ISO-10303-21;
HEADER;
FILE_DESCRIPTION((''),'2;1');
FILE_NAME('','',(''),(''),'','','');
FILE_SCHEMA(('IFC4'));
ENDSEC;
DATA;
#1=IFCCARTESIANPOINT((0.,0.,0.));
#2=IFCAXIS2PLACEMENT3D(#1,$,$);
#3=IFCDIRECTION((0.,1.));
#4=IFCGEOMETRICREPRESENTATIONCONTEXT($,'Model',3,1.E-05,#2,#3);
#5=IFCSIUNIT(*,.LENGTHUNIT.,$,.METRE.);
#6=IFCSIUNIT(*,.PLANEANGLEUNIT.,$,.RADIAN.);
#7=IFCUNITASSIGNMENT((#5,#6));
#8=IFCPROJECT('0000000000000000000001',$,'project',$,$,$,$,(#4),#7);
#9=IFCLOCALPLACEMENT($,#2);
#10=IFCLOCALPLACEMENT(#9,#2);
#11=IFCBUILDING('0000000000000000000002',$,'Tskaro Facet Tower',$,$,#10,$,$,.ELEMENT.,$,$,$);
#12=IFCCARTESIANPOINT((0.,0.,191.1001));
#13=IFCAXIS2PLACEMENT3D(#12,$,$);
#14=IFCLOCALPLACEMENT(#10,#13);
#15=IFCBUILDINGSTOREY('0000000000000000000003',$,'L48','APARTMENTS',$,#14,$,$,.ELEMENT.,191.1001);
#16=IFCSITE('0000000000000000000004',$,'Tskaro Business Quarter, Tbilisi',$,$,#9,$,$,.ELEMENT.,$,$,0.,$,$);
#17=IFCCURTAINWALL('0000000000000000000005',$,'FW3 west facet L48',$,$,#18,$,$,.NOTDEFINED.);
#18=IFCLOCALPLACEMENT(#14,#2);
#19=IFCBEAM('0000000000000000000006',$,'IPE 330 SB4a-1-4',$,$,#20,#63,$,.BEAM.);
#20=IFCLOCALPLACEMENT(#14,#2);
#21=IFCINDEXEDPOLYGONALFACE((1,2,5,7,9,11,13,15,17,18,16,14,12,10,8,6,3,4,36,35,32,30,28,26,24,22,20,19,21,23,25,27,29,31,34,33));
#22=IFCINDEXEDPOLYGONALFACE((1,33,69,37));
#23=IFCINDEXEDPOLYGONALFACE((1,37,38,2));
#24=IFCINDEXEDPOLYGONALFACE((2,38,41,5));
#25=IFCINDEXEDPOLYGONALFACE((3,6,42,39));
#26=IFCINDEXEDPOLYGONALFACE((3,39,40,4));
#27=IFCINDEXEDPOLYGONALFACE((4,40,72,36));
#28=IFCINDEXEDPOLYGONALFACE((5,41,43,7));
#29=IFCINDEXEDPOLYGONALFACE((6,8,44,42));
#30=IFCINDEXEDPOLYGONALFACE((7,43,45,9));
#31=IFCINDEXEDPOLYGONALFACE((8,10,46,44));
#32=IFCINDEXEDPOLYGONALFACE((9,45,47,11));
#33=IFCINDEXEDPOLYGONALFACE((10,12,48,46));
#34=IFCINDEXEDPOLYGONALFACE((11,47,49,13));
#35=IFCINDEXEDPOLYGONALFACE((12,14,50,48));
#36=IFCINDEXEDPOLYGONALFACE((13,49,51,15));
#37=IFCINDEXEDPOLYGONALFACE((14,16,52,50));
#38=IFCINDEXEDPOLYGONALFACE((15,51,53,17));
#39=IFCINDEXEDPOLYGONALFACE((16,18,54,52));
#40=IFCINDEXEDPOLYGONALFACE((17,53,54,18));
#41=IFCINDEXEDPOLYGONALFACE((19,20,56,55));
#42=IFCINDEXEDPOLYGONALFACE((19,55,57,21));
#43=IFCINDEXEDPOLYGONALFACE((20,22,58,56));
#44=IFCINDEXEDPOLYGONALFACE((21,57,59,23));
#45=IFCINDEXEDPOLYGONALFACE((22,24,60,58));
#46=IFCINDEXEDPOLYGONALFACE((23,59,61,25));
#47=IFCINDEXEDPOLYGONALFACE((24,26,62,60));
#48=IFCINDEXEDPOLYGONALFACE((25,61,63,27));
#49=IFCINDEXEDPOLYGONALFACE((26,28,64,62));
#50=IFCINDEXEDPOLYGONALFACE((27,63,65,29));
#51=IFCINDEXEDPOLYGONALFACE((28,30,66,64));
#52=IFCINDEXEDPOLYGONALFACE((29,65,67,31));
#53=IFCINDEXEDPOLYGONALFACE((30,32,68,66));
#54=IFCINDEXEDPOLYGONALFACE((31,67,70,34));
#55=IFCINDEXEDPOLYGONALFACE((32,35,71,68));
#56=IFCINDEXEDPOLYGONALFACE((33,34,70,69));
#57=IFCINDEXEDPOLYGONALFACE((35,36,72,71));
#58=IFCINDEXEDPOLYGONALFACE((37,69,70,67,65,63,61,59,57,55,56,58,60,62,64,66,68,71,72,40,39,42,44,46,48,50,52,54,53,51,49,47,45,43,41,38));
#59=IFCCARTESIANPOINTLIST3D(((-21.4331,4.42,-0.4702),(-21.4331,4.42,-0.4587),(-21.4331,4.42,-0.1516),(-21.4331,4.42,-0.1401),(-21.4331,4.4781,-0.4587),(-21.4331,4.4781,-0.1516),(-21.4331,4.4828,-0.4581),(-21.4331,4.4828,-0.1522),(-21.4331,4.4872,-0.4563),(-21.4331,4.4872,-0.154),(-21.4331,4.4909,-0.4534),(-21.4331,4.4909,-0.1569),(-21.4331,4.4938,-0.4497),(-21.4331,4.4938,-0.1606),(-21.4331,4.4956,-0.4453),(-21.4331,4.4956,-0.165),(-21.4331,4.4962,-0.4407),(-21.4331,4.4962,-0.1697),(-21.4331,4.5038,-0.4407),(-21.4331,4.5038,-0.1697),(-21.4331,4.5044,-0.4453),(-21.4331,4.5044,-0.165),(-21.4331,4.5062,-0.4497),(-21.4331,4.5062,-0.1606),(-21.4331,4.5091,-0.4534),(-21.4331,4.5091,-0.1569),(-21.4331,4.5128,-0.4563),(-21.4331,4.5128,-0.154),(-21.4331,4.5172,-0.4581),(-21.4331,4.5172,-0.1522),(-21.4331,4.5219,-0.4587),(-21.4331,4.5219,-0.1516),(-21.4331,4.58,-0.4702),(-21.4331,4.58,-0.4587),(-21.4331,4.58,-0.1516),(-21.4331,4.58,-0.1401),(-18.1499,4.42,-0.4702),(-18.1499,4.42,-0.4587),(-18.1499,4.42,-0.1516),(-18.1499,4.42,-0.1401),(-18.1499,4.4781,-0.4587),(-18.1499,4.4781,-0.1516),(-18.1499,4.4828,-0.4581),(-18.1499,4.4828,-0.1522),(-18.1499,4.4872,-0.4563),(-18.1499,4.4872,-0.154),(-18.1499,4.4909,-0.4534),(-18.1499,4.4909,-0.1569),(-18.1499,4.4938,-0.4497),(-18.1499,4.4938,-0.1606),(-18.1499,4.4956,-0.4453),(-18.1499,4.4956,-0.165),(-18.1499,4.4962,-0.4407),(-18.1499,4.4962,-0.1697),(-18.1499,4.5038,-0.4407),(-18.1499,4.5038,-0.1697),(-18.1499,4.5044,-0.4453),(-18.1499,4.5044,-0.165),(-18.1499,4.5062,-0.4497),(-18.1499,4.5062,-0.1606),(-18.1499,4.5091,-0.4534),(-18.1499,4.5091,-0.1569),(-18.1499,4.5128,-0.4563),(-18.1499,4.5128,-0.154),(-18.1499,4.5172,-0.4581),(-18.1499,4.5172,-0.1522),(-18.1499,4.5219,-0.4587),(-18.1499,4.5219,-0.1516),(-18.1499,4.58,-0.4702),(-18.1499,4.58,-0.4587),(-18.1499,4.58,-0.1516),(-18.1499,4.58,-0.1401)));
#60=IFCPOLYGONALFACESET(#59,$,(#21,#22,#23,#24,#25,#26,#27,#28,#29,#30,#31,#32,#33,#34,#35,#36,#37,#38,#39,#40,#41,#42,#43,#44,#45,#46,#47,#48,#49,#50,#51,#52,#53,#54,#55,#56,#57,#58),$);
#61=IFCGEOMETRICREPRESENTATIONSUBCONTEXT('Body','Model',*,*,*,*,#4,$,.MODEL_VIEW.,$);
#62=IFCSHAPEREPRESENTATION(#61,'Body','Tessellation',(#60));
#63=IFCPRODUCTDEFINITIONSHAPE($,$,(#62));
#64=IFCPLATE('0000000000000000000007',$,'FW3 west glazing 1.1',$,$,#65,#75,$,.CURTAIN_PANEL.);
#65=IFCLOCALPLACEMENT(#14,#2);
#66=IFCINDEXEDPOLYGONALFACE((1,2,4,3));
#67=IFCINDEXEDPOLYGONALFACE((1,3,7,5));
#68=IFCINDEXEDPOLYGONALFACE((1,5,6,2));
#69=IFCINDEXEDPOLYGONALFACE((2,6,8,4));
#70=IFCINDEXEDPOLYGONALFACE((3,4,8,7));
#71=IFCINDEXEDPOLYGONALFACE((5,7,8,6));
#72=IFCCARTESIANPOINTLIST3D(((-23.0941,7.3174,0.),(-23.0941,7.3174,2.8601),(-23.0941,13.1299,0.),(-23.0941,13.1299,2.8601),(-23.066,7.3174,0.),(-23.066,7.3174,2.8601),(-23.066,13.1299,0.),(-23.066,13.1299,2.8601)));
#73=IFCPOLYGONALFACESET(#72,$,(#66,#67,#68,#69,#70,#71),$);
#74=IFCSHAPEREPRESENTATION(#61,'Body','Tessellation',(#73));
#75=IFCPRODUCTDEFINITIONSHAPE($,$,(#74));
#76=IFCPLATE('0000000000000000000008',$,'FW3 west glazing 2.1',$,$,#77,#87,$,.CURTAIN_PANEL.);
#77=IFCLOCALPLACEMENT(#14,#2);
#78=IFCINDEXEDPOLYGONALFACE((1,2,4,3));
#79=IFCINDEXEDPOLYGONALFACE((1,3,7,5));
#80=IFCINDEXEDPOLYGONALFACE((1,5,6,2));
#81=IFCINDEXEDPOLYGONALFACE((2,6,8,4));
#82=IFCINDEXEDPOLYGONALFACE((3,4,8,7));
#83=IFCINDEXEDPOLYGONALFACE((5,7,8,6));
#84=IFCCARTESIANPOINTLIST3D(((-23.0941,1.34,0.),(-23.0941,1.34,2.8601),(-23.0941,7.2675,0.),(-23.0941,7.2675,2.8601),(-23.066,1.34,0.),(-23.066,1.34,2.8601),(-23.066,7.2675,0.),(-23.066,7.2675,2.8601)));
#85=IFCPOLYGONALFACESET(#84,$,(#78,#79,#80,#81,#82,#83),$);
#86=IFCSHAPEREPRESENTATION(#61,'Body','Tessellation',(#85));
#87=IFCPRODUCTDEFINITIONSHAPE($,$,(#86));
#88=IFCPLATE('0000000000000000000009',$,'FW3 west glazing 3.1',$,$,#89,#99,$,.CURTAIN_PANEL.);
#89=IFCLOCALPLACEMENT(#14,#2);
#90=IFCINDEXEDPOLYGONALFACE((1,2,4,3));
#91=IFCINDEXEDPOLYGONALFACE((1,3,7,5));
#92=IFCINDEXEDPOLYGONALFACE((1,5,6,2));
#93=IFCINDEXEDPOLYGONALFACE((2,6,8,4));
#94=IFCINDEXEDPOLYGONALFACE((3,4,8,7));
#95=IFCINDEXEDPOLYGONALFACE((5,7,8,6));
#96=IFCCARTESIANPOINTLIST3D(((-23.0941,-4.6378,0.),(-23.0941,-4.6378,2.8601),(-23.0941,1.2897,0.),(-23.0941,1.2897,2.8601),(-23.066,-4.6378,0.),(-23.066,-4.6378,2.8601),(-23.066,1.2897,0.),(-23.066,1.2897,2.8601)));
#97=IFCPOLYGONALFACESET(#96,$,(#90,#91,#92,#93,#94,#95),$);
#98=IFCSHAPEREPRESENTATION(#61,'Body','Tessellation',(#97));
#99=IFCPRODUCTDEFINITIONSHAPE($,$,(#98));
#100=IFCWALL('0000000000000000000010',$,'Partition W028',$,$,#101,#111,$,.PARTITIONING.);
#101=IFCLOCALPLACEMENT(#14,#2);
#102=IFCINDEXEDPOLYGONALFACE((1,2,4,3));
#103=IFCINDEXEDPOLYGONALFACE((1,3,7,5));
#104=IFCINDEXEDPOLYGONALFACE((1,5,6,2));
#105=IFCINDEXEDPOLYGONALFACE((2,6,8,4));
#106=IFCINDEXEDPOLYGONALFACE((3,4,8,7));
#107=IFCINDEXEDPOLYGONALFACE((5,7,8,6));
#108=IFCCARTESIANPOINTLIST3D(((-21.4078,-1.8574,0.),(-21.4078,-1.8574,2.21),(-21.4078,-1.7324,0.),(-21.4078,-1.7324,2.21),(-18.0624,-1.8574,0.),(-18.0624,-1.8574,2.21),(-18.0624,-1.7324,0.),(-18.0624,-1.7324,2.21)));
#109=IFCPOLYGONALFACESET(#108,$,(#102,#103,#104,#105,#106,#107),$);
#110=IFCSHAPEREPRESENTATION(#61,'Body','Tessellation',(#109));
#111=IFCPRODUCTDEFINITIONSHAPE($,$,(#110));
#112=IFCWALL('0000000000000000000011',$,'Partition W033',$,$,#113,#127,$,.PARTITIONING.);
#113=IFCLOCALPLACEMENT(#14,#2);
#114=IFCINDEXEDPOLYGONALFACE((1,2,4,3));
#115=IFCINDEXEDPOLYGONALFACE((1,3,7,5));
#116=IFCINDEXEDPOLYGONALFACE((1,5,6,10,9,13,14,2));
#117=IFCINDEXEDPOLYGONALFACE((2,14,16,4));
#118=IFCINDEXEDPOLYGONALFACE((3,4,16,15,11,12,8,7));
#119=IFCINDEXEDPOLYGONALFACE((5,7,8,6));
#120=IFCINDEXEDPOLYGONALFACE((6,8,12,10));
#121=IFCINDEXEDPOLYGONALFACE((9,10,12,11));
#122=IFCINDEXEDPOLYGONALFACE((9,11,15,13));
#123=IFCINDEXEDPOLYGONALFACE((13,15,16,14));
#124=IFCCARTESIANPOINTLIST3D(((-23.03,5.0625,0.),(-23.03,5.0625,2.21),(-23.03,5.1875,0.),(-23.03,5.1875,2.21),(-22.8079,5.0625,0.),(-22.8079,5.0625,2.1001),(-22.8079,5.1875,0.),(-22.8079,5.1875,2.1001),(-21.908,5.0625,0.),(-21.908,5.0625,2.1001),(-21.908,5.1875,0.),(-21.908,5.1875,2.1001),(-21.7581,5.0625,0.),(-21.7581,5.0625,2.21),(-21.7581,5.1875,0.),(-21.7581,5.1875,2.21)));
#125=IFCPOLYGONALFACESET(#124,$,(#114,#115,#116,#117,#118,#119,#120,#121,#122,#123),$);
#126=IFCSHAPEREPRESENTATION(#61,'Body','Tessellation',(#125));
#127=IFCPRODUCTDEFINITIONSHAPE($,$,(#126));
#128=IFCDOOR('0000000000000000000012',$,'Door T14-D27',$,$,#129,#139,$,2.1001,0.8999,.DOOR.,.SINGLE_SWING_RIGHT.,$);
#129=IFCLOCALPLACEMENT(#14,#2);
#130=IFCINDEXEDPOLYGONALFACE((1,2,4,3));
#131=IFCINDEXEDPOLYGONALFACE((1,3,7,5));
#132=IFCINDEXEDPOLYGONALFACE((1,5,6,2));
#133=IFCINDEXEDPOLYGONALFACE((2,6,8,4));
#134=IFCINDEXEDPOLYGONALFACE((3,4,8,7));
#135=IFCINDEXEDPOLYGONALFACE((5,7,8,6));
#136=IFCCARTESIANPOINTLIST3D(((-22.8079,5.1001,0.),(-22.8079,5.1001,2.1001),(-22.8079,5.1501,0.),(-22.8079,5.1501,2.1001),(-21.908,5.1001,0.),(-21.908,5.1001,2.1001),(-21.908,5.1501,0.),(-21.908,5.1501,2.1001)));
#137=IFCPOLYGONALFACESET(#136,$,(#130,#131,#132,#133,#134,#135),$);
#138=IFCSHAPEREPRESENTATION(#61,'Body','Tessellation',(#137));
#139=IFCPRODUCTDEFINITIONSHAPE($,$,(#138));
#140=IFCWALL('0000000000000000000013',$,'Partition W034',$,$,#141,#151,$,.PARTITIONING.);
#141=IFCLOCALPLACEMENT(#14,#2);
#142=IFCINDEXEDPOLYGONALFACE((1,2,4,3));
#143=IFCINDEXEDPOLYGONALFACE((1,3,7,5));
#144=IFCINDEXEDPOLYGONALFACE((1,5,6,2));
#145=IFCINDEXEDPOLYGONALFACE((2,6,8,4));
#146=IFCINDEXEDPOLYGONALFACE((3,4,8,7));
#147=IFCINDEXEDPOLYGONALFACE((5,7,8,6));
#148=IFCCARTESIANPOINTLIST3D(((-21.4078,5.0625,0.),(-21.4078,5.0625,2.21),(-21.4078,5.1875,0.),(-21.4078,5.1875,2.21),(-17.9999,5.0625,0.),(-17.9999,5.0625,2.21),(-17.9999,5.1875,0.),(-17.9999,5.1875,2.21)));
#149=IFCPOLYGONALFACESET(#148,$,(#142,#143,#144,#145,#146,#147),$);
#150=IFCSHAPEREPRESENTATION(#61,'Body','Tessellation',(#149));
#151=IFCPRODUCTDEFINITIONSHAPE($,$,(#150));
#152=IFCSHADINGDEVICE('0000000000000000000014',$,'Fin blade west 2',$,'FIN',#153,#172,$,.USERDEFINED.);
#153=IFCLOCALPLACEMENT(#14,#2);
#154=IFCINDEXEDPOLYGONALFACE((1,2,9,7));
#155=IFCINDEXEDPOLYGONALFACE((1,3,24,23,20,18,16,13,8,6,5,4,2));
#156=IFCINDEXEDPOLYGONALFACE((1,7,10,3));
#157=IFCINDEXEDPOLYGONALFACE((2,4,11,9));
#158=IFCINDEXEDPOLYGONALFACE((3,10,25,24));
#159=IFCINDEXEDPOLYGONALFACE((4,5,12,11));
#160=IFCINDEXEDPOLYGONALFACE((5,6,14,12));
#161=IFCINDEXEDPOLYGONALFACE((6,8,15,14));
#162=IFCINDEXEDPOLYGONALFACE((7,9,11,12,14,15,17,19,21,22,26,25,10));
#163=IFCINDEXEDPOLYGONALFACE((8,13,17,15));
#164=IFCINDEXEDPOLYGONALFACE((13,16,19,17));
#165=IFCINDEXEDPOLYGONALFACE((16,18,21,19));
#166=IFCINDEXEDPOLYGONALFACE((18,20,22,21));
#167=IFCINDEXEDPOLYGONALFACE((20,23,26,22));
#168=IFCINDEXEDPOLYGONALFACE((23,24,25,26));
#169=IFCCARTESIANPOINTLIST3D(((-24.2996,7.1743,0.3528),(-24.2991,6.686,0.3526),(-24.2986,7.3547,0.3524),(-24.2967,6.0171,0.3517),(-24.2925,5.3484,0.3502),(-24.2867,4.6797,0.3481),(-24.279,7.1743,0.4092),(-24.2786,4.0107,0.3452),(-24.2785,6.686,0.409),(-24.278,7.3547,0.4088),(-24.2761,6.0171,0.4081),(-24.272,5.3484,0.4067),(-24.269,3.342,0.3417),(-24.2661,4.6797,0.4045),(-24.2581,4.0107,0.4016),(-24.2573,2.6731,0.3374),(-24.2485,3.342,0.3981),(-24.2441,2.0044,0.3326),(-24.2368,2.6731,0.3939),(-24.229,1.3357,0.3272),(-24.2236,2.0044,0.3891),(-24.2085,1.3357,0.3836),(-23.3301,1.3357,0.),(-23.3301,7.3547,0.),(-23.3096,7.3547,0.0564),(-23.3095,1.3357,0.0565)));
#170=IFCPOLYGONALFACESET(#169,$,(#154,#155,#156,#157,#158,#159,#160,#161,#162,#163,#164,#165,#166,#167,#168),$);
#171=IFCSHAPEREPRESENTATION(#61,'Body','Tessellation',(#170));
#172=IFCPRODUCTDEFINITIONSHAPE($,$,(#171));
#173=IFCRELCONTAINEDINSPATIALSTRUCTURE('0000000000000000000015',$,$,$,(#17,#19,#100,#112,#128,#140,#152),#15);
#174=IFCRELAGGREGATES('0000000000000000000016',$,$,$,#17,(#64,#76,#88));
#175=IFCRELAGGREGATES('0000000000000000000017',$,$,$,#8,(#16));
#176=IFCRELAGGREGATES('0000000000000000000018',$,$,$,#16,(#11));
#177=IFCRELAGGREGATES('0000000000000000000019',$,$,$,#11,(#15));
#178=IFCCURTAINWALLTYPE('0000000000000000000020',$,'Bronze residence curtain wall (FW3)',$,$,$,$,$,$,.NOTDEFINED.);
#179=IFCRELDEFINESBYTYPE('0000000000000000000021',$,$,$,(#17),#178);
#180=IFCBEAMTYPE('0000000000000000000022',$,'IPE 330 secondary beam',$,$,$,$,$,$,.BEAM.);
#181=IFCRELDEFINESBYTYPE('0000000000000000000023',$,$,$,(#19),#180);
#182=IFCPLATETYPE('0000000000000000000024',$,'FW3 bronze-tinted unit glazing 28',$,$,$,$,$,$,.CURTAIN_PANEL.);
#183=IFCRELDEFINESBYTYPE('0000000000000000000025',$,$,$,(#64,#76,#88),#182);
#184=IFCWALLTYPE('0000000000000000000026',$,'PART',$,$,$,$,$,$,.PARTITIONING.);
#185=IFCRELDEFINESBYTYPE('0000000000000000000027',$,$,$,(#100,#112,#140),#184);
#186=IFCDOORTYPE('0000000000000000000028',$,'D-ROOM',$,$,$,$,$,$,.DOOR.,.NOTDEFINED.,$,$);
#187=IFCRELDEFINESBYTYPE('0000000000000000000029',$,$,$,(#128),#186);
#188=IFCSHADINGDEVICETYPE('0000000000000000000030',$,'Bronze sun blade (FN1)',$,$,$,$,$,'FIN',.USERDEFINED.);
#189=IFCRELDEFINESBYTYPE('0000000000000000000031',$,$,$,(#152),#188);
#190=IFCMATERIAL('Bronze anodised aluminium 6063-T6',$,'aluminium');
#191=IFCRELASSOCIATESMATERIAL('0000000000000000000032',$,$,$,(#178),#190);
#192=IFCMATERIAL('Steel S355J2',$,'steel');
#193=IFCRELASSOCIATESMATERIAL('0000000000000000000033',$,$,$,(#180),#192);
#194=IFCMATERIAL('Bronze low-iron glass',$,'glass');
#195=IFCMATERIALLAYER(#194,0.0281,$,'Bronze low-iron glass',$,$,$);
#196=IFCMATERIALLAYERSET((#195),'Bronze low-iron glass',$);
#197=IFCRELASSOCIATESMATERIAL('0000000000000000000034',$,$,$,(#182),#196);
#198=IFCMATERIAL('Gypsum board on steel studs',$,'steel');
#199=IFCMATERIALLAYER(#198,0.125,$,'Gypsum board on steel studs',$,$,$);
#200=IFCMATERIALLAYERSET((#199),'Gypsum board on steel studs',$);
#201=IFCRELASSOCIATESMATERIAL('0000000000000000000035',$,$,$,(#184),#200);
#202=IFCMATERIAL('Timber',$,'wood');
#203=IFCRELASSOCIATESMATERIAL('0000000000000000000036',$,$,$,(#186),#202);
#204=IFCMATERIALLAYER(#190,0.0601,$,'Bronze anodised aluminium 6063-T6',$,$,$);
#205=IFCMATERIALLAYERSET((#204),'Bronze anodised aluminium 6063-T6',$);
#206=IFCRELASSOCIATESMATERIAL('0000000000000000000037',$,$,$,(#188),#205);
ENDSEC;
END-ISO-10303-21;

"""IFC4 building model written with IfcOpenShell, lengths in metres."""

from ifc_helpers import new_model, si_unit, direction, frame, frame_2d, origin, origin_2d, place, context, subcontext, project, spatial, polyline, rectangle, i_section, outline, extrude, material, layer, layer_set, material_profile, profile_set, type_object, element, fill, aggregate, save


model = new_model("IFC4")

# Units and contexts
model_context = context("Model", 3, precision=1e-05, world=origin(), true_north=direction((0.0, 1.0)))
body_context = subcontext(model_context, "Body", "Model", "MODEL_VIEW")
ifc_project = project(units=[si_unit("LENGTHUNIT", "METRE"), si_unit("PLANEANGLEUNIT", "RADIAN")], contexts=[model_context])

# Site, building, storey
site_placement = place(None, origin())
site = spatial("IfcSite", under=ifc_project, at=site_placement, Name="Tskaro Business Quarter, Tbilisi", CompositionType="ELEMENT", RefElevation=0.0)
building_placement = place(site_placement, origin())
building = spatial("IfcBuilding", under=site, at=building_placement, Name="Tskaro Facet Tower", CompositionType="ELEMENT")
storey_placement = place(building_placement, frame((0.0, 0.0, 191.1001)))
storey = spatial("IfcBuildingStorey", under=building, at=storey_placement, Name="L48", Description="APARTMENTS", CompositionType="ELEMENT", Elevation=191.1001)

# Curtain wall
ifc_material_1 = material(Name="Bronze anodised aluminium 6063-T6", Category="aluminium")
curtain_wall_type = type_object("IfcCurtainWallType", Name="Bronze residence curtain wall (FW3)", PredefinedType="NOTDEFINED", material=ifc_material_1)
curtain_wall_placement = place(storey_placement, origin())
curtain_wall = element("IfcCurtainWall", 1, at=curtain_wall_placement, inside=storey, type_object=curtain_wall_type, Name="FW3 west facet L48", PredefinedType="NOTDEFINED")

# Beam
ifc_material_2 = material(Name="Steel S355J2", Category="steel")
ifc_material_profile_1 = material_profile(ifc_material_2, i_section(OverallWidth=0.1599, OverallDepth=0.3301, WebThickness=0.0076, FlangeThickness=0.0115, FilletRadius=0.0181, at=origin_2d()), Name="IPE 330")
ifc_profile_set_1 = profile_set([ifc_material_profile_1], Name="Steel S355J2")
beam_type_1 = type_object("IfcBeamType", Name="IPE 330 secondary beam", PredefinedType="BEAM", material=ifc_profile_set_1)
beam_1_placement = place(storey_placement, frame((-21.4331, 4.5, -0.3052), z_axis=(1.0, 0.0, 0.0), x_axis=(0.0, 1.0, 0.0)))
element("IfcBeam", 2, at=beam_1_placement, inside=storey, type_object=beam_type_1, Name="IPE 330 SB4a-1-4", PredefinedType="BEAM", context=body_context, shape_type="SweptSolid", body=[
    extrude(i_section(OverallWidth=0.1599, OverallDepth=0.3301, WebThickness=0.0076, FlangeThickness=0.0115, FilletRadius=0.0181, at=origin_2d()), origin(), (0.0, 0.0, 1.0), 3.2832),
])

# Plates
ifc_material_3 = material(Name="Bronze low-iron glass", Category="glass")
ifc_layer_1 = layer(ifc_material_3, 0.0281, Name="Bronze low-iron glass")
ifc_layer_set_1 = layer_set([ifc_layer_1], Name="Bronze low-iron glass")
plate_type = type_object("IfcPlateType", Name="FW3 bronze-tinted unit glazing 28", PredefinedType="CURTAIN_PANEL", material=ifc_layer_set_1)
plate_1_placement = place(storey_placement, frame((-23.0801, 10.2236, 0.0), z_axis=(0.0, 0.0, 1.0), x_axis=(0.0, -1.0, 0.0)))
plate_1 = element("IfcPlate", 3, at=plate_1_placement, type_object=plate_type, Name="FW3 west glazing 1.1", PredefinedType="CURTAIN_PANEL", context=body_context, shape_type="SweptSolid", body=[
    extrude(rectangle(XDim=5.8125, YDim=0.0281, at=origin_2d()), origin(), (0.0, 0.0, 1.0), 2.8601),
])
plate_2_placement = place(storey_placement, frame((-23.0801, 4.3037, 0.0), z_axis=(0.0, 0.0, 1.0), x_axis=(0.0, -1.0, 0.0)))
plate_2 = element("IfcPlate", 4, at=plate_2_placement, type_object=plate_type, Name="FW3 west glazing 2.1", PredefinedType="CURTAIN_PANEL", context=body_context, shape_type="SweptSolid", body=[
    extrude(rectangle(XDim=5.9275, YDim=0.0281, at=origin_2d()), origin(), (0.0, 0.0, 1.0), 2.8601),
])
plate_3_placement = place(storey_placement, frame((-23.0801, -1.6741, 0.0), z_axis=(0.0, 0.0, 1.0), x_axis=(0.0, -1.0, 0.0)))
plate_3 = element("IfcPlate", 5, at=plate_3_placement, type_object=plate_type, Name="FW3 west glazing 3.1", PredefinedType="CURTAIN_PANEL", context=body_context, shape_type="SweptSolid", body=[
    extrude(rectangle(XDim=5.9275, YDim=0.0281, at=origin_2d()), origin(), (0.0, 0.0, 1.0), 2.8601),
])
aggregate(curtain_wall, [plate_1, plate_2, plate_3])

# Wall
ifc_material_4 = material(Name="Gypsum board on steel studs", Category="steel")
ifc_layer_2 = layer(ifc_material_4, 0.125, Name="Gypsum board on steel studs")
ifc_layer_set_2 = layer_set([ifc_layer_2], Name="Gypsum board on steel studs")
wall_type = type_object("IfcWallType", Name="PART", PredefinedType="PARTITIONING", material=ifc_layer_set_2)
wall_1_placement = place(storey_placement, frame((-21.408, -1.7949, 0.0), z_axis=(0.0, 0.0, 1.0), x_axis=(1.0, 0.0, 0.0)))
element("IfcWall", 6, at=wall_1_placement, inside=storey, type_object=wall_type, Name="Partition W028", PredefinedType="PARTITIONING", context=body_context, shape_type="SweptSolid", body=[
    extrude(rectangle(XDim=3.3455, YDim=0.125, at=frame_2d((1.6729, 0.0))), origin(), (0.0, 0.0, 1.0), 2.21),
])

# Wall, opening, door
wall_2_placement = place(storey_placement, frame((-21.7581, 5.125, 0.0), z_axis=(0.0, 0.0, 1.0), x_axis=(-1.0, 0.0, 0.0)))
wall_2 = element("IfcWall", 7, at=wall_2_placement, inside=storey, type_object=wall_type, Name="Partition W033", PredefinedType="PARTITIONING", context=body_context, shape_type="SweptSolid", body=[
    extrude(rectangle(XDim=1.272, YDim=0.125, at=frame_2d((0.636, 0.0))), origin(), (0.0, 0.0, 1.0), 2.21),
])
opening_placement = place(wall_2_placement, frame((0.1499, 0.0, 0.0)))
opening = element("IfcOpeningElement", 8, at=opening_placement, cuts=wall_2, PredefinedType="OPENING", context=body_context, shape_type="SweptSolid", body=[
    extrude(rectangle(XDim=0.8999, YDim=2.1001, at=frame_2d((0.45, 1.05))), frame((0.0, 0.0725, 0.0), z_axis=(0.0, -1.0, 0.0), x_axis=(1.0, 0.0, 0.0)), (0.0, 0.0, 1.0), 0.145),
])
ifc_material_5 = material(Name="Timber", Category="wood")
door_type = type_object("IfcDoorType", Name="D-ROOM", OperationType="NOTDEFINED", PredefinedType="DOOR", material=ifc_material_5)
door_placement = place(opening_placement, origin())
door = element("IfcDoor", 9, at=door_placement, inside=storey, type_object=door_type, Name="Door T14-D27", OperationType="SINGLE_SWING_RIGHT", OverallHeight=2.1001, OverallWidth=0.8999, PredefinedType="DOOR", context=body_context, shape_type="SweptSolid", body=[
    extrude(rectangle(XDim=0.8999, YDim=2.1001, at=frame_2d((0.45, 1.05))), frame((0.0, 0.0249, 0.0), z_axis=(0.0, -1.0, 0.0), x_axis=(1.0, 0.0, 0.0)), (0.0, 0.0, 1.0), 0.05),
])
fill(opening, door)

# Wall
wall_3_placement = place(storey_placement, frame((-21.408, 5.125, 0.0), z_axis=(0.0, 0.0, 1.0), x_axis=(1.0, 0.0, 0.0)))
element("IfcWall", 10, at=wall_3_placement, inside=storey, type_object=wall_type, Name="Partition W034", PredefinedType="PARTITIONING", context=body_context, shape_type="SweptSolid", body=[
    extrude(rectangle(XDim=3.408, YDim=0.125, at=frame_2d((1.7041, 0.0))), origin(), (0.0, 0.0, 1.0), 2.21),
])

# Shading device
ifc_layer_3 = layer(ifc_material_1, 0.0601, Name="Bronze anodised aluminium 6063-T6")
ifc_layer_set_3 = layer_set([ifc_layer_3], Name="Bronze anodised aluminium 6063-T6")
shading_device_type = type_object("IfcShadingDeviceType", Name="Bronze sun blade (FN1)", ElementType="FIN", PredefinedType="USERDEFINED", material=ifc_layer_set_3)
shading_device_1_placement = place(storey_placement, frame((-23.3096, 7.3547, 0.0564), z_axis=(0.34196, 0.000014, 0.939715), x_axis=(0.000005, -1.0, 0.000013)))
element("IfcShadingDevice", 11, at=shading_device_1_placement, inside=storey, type_object=shading_device_type, Name="Fin blade west 2", ObjectType="FIN", PredefinedType="USERDEFINED", context=body_context, shape_type="SweptSolid", body=[
    extrude(outline(polyline([(0.0, 0.0), (6.019, 0.0), (6.019, -0.9566), (5.3503, -0.9727), (4.6816, -0.9867), (4.0127, -0.9992), (3.344, -1.0094), (2.675, -1.0179), (2.0063, -1.0242), (1.3376, -1.0286), (0.6687, -1.0311), (0.1804, -1.0317), (0.0, -1.0306), (0.0, 0.0)])), origin(), (0.0, 0.0, -1.0), 0.0601),
])

save(model, "model.ifc")
